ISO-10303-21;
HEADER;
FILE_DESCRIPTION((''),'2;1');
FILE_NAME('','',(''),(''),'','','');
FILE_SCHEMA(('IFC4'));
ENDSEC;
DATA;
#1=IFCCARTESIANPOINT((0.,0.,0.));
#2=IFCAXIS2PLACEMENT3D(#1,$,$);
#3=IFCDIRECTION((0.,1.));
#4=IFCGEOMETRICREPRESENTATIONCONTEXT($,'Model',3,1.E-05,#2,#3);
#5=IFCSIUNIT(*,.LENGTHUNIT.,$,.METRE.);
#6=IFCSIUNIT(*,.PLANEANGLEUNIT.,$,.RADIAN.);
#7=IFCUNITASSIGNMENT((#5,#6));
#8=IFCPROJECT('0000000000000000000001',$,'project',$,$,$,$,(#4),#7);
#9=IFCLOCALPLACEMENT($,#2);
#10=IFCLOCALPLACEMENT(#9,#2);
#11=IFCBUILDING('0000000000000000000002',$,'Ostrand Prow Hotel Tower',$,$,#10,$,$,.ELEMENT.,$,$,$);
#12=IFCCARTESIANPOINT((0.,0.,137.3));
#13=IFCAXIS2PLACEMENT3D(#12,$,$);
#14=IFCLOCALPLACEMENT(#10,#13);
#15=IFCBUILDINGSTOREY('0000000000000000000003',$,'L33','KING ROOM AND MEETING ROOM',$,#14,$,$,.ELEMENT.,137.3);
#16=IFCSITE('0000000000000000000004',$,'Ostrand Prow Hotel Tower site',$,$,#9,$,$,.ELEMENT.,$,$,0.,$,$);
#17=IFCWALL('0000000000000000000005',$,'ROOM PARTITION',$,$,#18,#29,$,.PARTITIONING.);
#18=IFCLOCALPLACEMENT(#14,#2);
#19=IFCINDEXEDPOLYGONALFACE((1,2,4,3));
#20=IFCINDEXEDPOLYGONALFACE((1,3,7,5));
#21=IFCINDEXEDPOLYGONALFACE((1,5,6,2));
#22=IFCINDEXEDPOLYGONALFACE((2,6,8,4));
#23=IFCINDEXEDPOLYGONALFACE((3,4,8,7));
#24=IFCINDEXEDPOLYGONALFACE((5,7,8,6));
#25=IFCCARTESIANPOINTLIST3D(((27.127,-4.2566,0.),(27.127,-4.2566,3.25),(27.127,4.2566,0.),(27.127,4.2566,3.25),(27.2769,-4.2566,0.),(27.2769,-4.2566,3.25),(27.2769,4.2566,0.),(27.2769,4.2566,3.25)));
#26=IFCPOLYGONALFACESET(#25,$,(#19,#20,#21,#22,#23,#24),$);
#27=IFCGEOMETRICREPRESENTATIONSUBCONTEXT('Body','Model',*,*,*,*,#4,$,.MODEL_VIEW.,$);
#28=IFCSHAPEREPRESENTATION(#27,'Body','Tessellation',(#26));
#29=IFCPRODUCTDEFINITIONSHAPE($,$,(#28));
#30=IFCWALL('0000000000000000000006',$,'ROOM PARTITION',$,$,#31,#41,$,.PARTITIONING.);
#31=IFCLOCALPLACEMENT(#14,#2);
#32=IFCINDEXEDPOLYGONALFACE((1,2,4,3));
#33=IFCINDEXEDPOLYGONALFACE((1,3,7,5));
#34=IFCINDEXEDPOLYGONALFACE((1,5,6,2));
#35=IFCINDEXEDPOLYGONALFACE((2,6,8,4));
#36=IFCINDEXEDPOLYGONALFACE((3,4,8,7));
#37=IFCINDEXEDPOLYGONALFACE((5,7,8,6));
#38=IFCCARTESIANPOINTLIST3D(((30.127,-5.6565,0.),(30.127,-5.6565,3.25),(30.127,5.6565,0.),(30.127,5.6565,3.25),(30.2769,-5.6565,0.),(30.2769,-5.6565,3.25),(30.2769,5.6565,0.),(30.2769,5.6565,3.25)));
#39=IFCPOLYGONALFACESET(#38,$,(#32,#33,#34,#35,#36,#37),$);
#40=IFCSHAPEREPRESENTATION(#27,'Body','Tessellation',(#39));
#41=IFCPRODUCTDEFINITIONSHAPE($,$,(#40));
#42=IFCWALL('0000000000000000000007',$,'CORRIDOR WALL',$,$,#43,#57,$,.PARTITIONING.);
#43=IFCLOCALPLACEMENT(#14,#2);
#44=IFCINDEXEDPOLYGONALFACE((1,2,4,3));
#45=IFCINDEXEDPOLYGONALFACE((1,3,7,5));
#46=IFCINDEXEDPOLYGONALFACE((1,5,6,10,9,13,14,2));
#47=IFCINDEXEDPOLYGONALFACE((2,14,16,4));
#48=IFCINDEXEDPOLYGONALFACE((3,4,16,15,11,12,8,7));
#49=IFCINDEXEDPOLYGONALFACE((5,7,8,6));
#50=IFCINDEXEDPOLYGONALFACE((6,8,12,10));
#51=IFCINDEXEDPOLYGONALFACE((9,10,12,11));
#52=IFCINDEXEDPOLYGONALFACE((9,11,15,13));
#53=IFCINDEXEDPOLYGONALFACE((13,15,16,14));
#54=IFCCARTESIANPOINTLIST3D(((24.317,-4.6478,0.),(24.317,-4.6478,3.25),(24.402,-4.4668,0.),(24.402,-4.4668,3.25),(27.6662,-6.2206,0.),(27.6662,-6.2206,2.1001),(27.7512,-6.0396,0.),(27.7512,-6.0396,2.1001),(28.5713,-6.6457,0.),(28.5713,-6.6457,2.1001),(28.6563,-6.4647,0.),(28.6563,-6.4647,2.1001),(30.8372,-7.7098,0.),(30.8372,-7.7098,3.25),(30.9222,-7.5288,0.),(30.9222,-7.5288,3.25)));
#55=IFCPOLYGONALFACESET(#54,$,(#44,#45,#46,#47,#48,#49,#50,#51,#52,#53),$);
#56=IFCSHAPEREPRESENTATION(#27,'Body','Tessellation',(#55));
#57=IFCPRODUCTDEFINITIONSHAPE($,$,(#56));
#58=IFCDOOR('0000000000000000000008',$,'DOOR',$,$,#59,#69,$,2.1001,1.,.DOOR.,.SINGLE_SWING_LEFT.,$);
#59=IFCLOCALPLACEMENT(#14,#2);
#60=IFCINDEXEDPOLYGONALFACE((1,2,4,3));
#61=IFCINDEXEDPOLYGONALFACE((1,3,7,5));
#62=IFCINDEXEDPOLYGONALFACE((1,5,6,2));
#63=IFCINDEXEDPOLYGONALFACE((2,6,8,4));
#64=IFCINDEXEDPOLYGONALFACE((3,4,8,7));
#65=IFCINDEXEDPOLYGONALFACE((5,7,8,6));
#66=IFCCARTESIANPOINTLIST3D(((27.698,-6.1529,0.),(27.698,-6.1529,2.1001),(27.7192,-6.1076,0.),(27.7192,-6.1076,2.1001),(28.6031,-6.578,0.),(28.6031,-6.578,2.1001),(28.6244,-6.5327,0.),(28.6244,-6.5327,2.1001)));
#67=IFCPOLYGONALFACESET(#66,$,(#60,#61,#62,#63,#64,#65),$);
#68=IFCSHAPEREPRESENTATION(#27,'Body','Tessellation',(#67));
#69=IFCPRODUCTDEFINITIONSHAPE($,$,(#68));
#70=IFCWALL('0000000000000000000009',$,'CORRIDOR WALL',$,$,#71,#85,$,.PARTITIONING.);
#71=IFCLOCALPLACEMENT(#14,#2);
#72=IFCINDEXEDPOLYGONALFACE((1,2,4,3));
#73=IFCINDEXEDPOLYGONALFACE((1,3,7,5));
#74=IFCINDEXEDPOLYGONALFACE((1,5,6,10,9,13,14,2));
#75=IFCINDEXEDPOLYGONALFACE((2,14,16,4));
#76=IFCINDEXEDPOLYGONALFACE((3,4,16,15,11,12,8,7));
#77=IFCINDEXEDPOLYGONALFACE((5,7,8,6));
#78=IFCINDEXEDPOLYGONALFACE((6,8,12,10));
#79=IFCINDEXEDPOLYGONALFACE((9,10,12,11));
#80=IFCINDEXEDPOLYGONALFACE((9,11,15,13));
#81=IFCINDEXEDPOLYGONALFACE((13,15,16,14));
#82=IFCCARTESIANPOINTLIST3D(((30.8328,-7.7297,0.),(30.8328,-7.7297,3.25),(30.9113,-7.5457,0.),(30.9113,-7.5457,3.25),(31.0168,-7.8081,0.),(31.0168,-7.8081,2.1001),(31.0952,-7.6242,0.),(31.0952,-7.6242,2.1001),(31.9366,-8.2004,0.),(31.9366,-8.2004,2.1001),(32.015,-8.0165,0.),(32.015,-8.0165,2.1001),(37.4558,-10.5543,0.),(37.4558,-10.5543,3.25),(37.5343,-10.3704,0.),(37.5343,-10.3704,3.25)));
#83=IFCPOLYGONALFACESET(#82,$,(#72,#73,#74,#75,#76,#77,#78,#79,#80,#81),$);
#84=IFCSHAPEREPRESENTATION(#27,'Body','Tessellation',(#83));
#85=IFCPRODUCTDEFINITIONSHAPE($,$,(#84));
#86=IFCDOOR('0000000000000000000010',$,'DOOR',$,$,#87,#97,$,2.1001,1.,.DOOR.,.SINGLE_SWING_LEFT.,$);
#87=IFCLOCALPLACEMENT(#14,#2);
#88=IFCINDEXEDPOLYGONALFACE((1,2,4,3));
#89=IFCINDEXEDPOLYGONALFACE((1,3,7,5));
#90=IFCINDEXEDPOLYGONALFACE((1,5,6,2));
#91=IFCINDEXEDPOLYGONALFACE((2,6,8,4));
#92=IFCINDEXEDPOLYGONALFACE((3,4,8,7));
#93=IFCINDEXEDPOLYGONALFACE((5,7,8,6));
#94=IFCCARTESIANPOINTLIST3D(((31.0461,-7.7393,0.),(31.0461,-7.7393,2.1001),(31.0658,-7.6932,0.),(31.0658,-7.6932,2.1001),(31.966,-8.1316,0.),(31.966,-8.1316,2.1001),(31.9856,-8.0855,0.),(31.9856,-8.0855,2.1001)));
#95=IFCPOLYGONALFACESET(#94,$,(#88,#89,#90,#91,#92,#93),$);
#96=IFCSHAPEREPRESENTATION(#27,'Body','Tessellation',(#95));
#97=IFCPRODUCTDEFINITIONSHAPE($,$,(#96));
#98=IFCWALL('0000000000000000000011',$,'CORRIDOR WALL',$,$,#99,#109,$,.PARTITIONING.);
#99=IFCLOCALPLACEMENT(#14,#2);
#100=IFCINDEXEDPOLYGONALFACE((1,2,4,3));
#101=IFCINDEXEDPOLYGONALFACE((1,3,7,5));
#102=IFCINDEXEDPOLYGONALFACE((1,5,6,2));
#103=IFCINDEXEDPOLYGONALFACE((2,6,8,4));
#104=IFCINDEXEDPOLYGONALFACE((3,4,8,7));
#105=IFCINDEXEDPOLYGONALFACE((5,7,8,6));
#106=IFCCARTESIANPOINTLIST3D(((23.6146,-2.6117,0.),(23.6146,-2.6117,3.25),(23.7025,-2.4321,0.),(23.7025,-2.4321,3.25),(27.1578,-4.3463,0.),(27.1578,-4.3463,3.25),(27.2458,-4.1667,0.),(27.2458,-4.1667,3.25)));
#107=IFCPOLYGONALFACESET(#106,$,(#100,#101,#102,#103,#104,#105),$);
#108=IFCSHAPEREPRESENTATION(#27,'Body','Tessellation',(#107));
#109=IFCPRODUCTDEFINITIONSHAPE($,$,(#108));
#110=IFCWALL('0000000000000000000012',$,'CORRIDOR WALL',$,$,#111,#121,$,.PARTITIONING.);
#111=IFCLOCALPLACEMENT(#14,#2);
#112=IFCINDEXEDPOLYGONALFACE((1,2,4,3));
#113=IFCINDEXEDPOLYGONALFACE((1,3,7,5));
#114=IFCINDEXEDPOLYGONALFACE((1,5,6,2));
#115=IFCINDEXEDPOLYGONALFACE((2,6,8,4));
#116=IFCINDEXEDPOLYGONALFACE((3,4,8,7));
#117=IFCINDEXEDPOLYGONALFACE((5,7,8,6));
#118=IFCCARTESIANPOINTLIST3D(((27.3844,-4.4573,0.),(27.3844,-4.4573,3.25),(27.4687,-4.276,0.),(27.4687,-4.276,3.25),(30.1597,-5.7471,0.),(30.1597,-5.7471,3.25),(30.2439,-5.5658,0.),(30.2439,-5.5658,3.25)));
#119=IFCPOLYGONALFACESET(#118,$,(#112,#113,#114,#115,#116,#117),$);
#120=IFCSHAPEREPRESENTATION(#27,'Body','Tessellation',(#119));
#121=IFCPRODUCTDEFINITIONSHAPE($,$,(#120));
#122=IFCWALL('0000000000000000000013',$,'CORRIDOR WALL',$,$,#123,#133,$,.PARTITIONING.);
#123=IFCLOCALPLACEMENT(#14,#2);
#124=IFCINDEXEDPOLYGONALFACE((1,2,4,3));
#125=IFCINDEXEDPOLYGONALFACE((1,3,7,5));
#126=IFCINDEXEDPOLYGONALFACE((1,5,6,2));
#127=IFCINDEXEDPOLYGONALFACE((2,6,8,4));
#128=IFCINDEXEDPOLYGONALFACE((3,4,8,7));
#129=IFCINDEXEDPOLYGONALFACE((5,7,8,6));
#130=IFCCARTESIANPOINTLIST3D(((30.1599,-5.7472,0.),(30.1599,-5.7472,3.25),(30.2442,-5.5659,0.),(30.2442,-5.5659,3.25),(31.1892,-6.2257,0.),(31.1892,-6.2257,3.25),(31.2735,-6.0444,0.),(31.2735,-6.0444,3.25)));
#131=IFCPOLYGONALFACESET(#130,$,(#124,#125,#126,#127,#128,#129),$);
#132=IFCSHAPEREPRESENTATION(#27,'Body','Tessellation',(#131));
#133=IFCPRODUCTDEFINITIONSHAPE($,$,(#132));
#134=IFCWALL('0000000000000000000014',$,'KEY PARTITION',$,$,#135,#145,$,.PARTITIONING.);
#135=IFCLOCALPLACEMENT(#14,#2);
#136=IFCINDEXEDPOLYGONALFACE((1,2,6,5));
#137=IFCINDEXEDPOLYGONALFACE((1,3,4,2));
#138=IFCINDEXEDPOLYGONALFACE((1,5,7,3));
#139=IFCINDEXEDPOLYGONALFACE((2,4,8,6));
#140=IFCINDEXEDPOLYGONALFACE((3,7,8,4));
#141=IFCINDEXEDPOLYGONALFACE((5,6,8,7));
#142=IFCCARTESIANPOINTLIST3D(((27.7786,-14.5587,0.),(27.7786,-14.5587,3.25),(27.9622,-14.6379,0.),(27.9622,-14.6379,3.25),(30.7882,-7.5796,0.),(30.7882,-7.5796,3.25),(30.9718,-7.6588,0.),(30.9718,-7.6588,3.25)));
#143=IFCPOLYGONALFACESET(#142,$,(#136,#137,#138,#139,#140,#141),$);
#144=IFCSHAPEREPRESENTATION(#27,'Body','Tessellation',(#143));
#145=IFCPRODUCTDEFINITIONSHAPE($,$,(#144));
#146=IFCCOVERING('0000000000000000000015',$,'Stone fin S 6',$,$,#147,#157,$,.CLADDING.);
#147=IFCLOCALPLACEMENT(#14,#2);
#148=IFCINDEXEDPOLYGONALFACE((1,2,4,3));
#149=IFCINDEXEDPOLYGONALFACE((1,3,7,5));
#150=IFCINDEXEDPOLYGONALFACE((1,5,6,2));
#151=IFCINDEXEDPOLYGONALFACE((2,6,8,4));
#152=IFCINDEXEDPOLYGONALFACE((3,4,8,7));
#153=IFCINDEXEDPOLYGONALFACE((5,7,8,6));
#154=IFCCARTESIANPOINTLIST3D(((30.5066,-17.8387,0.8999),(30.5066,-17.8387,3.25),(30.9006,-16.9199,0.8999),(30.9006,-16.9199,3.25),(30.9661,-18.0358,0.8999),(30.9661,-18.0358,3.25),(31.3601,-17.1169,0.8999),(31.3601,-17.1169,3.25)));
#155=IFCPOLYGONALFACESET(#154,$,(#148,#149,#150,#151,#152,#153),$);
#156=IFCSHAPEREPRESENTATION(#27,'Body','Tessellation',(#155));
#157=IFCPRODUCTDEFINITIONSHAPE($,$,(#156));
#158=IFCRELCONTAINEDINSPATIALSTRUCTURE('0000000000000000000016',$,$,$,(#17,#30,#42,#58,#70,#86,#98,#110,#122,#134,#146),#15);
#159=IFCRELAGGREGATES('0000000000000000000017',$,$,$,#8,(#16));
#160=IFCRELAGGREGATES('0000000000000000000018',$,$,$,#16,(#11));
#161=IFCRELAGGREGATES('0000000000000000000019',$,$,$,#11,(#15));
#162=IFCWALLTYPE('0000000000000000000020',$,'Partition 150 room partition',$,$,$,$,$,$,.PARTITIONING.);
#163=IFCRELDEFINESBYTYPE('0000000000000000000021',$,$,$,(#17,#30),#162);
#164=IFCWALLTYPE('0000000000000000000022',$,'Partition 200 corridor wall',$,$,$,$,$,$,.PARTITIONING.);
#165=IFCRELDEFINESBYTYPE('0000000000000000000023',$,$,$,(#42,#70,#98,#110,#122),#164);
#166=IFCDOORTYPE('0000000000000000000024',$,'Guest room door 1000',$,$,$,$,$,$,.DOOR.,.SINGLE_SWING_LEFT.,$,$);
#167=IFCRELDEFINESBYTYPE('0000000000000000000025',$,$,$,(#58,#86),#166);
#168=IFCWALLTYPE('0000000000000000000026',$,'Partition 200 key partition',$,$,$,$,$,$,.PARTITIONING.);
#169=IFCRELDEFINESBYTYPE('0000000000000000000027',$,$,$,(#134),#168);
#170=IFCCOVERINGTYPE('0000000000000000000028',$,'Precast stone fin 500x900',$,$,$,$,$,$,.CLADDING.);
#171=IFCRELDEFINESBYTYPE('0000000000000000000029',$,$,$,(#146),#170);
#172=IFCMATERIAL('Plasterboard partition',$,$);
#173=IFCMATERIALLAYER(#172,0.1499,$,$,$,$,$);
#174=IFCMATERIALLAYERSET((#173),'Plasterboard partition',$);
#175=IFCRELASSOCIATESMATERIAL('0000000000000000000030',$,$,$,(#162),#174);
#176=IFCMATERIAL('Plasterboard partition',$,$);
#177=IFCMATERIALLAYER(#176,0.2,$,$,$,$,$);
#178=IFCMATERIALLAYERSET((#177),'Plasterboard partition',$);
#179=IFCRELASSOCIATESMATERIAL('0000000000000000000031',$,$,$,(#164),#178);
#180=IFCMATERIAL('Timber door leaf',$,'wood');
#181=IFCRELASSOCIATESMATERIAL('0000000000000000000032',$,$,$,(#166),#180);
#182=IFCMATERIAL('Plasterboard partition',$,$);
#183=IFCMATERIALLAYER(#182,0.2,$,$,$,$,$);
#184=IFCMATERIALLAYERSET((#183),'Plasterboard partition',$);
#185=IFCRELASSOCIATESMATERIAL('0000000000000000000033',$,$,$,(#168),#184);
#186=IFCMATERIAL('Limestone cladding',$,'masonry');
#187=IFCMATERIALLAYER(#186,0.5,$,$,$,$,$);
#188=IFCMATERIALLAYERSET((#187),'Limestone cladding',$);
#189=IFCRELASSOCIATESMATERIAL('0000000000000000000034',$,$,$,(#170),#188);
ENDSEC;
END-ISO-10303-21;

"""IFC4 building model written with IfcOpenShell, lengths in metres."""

from ifc_helpers import new_model, si_unit, direction, frame, frame_2d, origin, place, context, subcontext, project, spatial, rectangle, extrude, material, layer, layer_set, type_object, element, fill, save


model = new_model("IFC4")

# Units and contexts
model_context = context("Model", 3, precision=1e-05, world=origin(), true_north=direction((0.0, 1.0)))
body_context = subcontext(model_context, "Body", "Model", "MODEL_VIEW")
ifc_project = project(units=[si_unit("LENGTHUNIT", "METRE"), si_unit("PLANEANGLEUNIT", "RADIAN")], contexts=[model_context])

# Site, building, storey
site_placement = place(None, origin())
site = spatial("IfcSite", under=ifc_project, at=site_placement, Name="Ostrand Prow Hotel Tower site", CompositionType="ELEMENT", RefElevation=0.0)
building_placement = place(site_placement, origin())
building = spatial("IfcBuilding", under=site, at=building_placement, Name="Ostrand Prow Hotel Tower", CompositionType="ELEMENT")
storey_placement = place(building_placement, frame((0.0, 0.0, 137.3)))
storey = spatial("IfcBuildingStorey", under=building, at=storey_placement, Name="L33", Description="KING ROOM AND MEETING ROOM", CompositionType="ELEMENT", Elevation=137.3)

# Walls
ifc_material_1 = material(Name="Plasterboard partition")
ifc_layer_1 = layer(ifc_material_1, 0.1499)
ifc_layer_set_1 = layer_set([ifc_layer_1], Name="Plasterboard partition")
wall_type_1 = type_object("IfcWallType", Name="Partition 150 room partition", PredefinedType="PARTITIONING", material=ifc_layer_set_1)
wall_1_placement = place(storey_placement, frame((27.2019, -4.2566, 0.0), z_axis=(0.0, 0.0, 1.0), x_axis=(0.0, 1.0, 0.0)))
element("IfcWall", 1, at=wall_1_placement, inside=storey, type_object=wall_type_1, Name="ROOM PARTITION", PredefinedType="PARTITIONING", context=body_context, shape_type="SweptSolid", body=[
    extrude(rectangle(XDim=8.5132, YDim=0.1499, at=frame_2d((4.2566, 0.0))), origin(), (0.0, 0.0, 1.0), 3.25),
])
wall_2_placement = place(storey_placement, frame((30.2019, -5.6565, 0.0), z_axis=(0.0, 0.0, 1.0), x_axis=(0.0, 1.0, 0.0)))
element("IfcWall", 2, at=wall_2_placement, inside=storey, type_object=wall_type_1, Name="ROOM PARTITION", PredefinedType="PARTITIONING", context=body_context, shape_type="SweptSolid", body=[
    extrude(rectangle(XDim=11.313, YDim=0.1499, at=frame_2d((5.6565, 0.0))), origin(), (0.0, 0.0, 1.0), 3.25),
])

# Walls, openings, doors
ifc_material_2 = material(Name="Plasterboard partition")
ifc_layer_2 = layer(ifc_material_2, 0.2)
ifc_layer_set_2 = layer_set([ifc_layer_2], Name="Plasterboard partition")
wall_type_2 = type_object("IfcWallType", Name="Partition 200 corridor wall", PredefinedType="PARTITIONING", material=ifc_layer_set_2)
wall_3_placement = place(storey_placement, frame((24.3596, -4.5574, 0.0), z_axis=(0.0, 0.0, 1.0), x_axis=(0.905158, -0.425075, 0.0)))
wall_3 = element("IfcWall", 3, at=wall_3_placement, inside=storey, type_object=wall_type_2, Name="CORRIDOR WALL", PredefinedType="PARTITIONING", context=body_context, shape_type="SweptSolid", body=[
    extrude(rectangle(XDim=7.2034, YDim=0.2, at=frame_2d((3.6016, 0.0))), origin(), (0.0, 0.0, 1.0), 3.25),
])
opening_1_placement = place(wall_3_placement, frame((3.7, 0.0, 0.0)))
opening_1 = element("IfcOpeningElement", 4, at=opening_1_placement, cuts=wall_3, PredefinedType="OPENING", context=body_context, shape_type="SweptSolid", body=[
    extrude(rectangle(XDim=1.0, YDim=2.1001, at=frame_2d((0.5, 1.05))), frame((0.0, 0.1099, 0.0), z_axis=(0.0, -1.0, 0.0), x_axis=(1.0, 0.0, 0.0)), (0.0, 0.0, 1.0), 0.22),
])
ifc_material_3 = material(Name="Timber door leaf", Category="wood")
door_type_1 = type_object("IfcDoorType", Name="Guest room door 1000", OperationType="SINGLE_SWING_LEFT", PredefinedType="DOOR", material=ifc_material_3)
door_1_placement = place(opening_1_placement, origin())
door_1 = element("IfcDoor", 5, at=door_1_placement, inside=storey, type_object=door_type_1, Name="DOOR", OperationType="SINGLE_SWING_LEFT", OverallHeight=2.1001, OverallWidth=1.0, PredefinedType="DOOR", context=body_context, shape_type="SweptSolid", body=[
    extrude(rectangle(XDim=1.0, YDim=2.1001, at=frame_2d((0.5, 1.05))), frame((0.0, 0.0249, 0.0), z_axis=(0.0, -1.0, 0.0), x_axis=(1.0, 0.0, 0.0)), (0.0, 0.0, 1.0), 0.05),
])
fill(opening_1, door_1)
wall_4_placement = place(storey_placement, frame((30.8721, -7.6377, 0.0), z_axis=(0.0, 0.0, 1.0), x_axis=(0.919835, -0.392306, 0.0)))
wall_4 = element("IfcWall", 6, at=wall_4_placement, inside=storey, type_object=wall_type_2, Name="CORRIDOR WALL", PredefinedType="PARTITIONING", context=body_context, shape_type="SweptSolid", body=[
    extrude(rectangle(XDim=7.2002, YDim=0.2, at=frame_2d((3.6001, 0.0))), origin(), (0.0, 0.0, 1.0), 3.25),
])
opening_2_placement = place(wall_4_placement, frame((0.2, 0.0, 0.0)))
opening_2 = element("IfcOpeningElement", 7, at=opening_2_placement, cuts=wall_4, PredefinedType="OPENING", context=body_context, shape_type="SweptSolid", body=[
    extrude(rectangle(XDim=1.0, YDim=2.1001, at=frame_2d((0.5, 1.05))), frame((0.0, 0.1099, 0.0), z_axis=(0.0, -1.0, 0.0), x_axis=(1.0, 0.0, 0.0)), (0.0, 0.0, 1.0), 0.22),
])
door_2_placement = place(opening_2_placement, origin())
door_2 = element("IfcDoor", 8, at=door_2_placement, inside=storey, type_object=door_type_1, Name="DOOR", OperationType="SINGLE_SWING_LEFT", OverallHeight=2.1001, OverallWidth=1.0, PredefinedType="DOOR", context=body_context, shape_type="SweptSolid", body=[
    extrude(rectangle(XDim=1.0, YDim=2.1001, at=frame_2d((0.5, 1.05))), frame((0.0, 0.0249, 0.0), z_axis=(0.0, -1.0, 0.0), x_axis=(1.0, 0.0, 0.0)), (0.0, 0.0, 1.0), 0.05),
])
fill(opening_2, door_2)

# Walls
wall_5_placement = place(storey_placement, frame((27.2019, -4.2566, 0.0), z_axis=(0.0, 0.0, 1.0), x_axis=(-0.898146, 0.439697, 0.0)))
element("IfcWall", 9, at=wall_5_placement, inside=storey, type_object=wall_type_2, Name="CORRIDOR WALL", PredefinedType="PARTITIONING", context=body_context, shape_type="SweptSolid", body=[
    extrude(rectangle(XDim=3.9451, YDim=0.2, at=frame_2d((1.9727, 0.0))), origin(), (0.0, 0.0, 1.0), 3.25),
])
wall_6_placement = place(storey_placement, frame((30.2019, -5.6565, 0.0), z_axis=(0.0, 0.0, 1.0), x_axis=(-0.906842, 0.42147, 0.0)))
element("IfcWall", 10, at=wall_6_placement, inside=storey, type_object=wall_type_2, Name="CORRIDOR WALL", PredefinedType="PARTITIONING", context=body_context, shape_type="SweptSolid", body=[
    extrude(rectangle(XDim=3.0603, YDim=0.2, at=frame_2d((1.5303, 0.0))), origin(), (0.0, 0.0, 1.0), 3.25),
])
wall_7_placement = place(storey_placement, frame((31.2312, -6.135, 0.0), z_axis=(0.0, 0.0, 1.0), x_axis=(-0.906798, 0.421566, 0.0)))
element("IfcWall", 11, at=wall_7_placement, inside=storey, type_object=wall_type_2, Name="CORRIDOR WALL", PredefinedType="PARTITIONING", context=body_context, shape_type="SweptSolid", body=[
    extrude(rectangle(XDim=1.135, YDim=0.2, at=frame_2d((0.5674, 0.0))), origin(), (0.0, 0.0, 1.0), 3.25),
])
ifc_material_4 = material(Name="Plasterboard partition")
ifc_layer_3 = layer(ifc_material_4, 0.2)
ifc_layer_set_3 = layer_set([ifc_layer_3], Name="Plasterboard partition")
wall_type_3 = type_object("IfcWallType", Name="Partition 200 key partition", PredefinedType="PARTITIONING", material=ifc_layer_set_3)
wall_8_placement = place(storey_placement, frame((27.8704, -14.5984, 0.0), z_axis=(0.0, 0.0, 1.0), x_axis=(0.395977, 0.91826, 0.0)))
element("IfcWall", 12, at=wall_8_placement, inside=storey, type_object=wall_type_3, Name="KEY PARTITION", PredefinedType="PARTITIONING", context=body_context, shape_type="SweptSolid", body=[
    extrude(rectangle(XDim=7.6003, YDim=0.2, at=frame_2d((3.8003, 0.0))), origin(), (0.0, 0.0, 1.0), 3.25),
])

# Covering
ifc_material_5 = material(Name="Limestone cladding", Category="masonry")
ifc_layer_4 = layer(ifc_material_5, 0.5)
ifc_layer_set_4 = layer_set([ifc_layer_4], Name="Limestone cladding")
covering_type = type_object("IfcCoveringType", Name="Precast stone fin 500x900", PredefinedType="CLADDING", material=ifc_layer_set_4)
covering_placement = place(storey_placement, frame((31.1304, -17.0183, 0.8999), z_axis=(0.0, 0.0, 1.0), x_axis=(-0.394096, -0.919069, 0.0)))
element("IfcCovering", 13, at=covering_placement, inside=storey, type_object=covering_type, Name="Stone fin S 6", PredefinedType="CLADDING", context=body_context, shape_type="SweptSolid", body=[
    extrude(rectangle(XDim=0.9998, YDim=0.5, at=frame_2d((0.5, 0.0))), origin(), (0.0, 0.0, 1.0), 2.3501),
])

save(model, "model.ifc")
